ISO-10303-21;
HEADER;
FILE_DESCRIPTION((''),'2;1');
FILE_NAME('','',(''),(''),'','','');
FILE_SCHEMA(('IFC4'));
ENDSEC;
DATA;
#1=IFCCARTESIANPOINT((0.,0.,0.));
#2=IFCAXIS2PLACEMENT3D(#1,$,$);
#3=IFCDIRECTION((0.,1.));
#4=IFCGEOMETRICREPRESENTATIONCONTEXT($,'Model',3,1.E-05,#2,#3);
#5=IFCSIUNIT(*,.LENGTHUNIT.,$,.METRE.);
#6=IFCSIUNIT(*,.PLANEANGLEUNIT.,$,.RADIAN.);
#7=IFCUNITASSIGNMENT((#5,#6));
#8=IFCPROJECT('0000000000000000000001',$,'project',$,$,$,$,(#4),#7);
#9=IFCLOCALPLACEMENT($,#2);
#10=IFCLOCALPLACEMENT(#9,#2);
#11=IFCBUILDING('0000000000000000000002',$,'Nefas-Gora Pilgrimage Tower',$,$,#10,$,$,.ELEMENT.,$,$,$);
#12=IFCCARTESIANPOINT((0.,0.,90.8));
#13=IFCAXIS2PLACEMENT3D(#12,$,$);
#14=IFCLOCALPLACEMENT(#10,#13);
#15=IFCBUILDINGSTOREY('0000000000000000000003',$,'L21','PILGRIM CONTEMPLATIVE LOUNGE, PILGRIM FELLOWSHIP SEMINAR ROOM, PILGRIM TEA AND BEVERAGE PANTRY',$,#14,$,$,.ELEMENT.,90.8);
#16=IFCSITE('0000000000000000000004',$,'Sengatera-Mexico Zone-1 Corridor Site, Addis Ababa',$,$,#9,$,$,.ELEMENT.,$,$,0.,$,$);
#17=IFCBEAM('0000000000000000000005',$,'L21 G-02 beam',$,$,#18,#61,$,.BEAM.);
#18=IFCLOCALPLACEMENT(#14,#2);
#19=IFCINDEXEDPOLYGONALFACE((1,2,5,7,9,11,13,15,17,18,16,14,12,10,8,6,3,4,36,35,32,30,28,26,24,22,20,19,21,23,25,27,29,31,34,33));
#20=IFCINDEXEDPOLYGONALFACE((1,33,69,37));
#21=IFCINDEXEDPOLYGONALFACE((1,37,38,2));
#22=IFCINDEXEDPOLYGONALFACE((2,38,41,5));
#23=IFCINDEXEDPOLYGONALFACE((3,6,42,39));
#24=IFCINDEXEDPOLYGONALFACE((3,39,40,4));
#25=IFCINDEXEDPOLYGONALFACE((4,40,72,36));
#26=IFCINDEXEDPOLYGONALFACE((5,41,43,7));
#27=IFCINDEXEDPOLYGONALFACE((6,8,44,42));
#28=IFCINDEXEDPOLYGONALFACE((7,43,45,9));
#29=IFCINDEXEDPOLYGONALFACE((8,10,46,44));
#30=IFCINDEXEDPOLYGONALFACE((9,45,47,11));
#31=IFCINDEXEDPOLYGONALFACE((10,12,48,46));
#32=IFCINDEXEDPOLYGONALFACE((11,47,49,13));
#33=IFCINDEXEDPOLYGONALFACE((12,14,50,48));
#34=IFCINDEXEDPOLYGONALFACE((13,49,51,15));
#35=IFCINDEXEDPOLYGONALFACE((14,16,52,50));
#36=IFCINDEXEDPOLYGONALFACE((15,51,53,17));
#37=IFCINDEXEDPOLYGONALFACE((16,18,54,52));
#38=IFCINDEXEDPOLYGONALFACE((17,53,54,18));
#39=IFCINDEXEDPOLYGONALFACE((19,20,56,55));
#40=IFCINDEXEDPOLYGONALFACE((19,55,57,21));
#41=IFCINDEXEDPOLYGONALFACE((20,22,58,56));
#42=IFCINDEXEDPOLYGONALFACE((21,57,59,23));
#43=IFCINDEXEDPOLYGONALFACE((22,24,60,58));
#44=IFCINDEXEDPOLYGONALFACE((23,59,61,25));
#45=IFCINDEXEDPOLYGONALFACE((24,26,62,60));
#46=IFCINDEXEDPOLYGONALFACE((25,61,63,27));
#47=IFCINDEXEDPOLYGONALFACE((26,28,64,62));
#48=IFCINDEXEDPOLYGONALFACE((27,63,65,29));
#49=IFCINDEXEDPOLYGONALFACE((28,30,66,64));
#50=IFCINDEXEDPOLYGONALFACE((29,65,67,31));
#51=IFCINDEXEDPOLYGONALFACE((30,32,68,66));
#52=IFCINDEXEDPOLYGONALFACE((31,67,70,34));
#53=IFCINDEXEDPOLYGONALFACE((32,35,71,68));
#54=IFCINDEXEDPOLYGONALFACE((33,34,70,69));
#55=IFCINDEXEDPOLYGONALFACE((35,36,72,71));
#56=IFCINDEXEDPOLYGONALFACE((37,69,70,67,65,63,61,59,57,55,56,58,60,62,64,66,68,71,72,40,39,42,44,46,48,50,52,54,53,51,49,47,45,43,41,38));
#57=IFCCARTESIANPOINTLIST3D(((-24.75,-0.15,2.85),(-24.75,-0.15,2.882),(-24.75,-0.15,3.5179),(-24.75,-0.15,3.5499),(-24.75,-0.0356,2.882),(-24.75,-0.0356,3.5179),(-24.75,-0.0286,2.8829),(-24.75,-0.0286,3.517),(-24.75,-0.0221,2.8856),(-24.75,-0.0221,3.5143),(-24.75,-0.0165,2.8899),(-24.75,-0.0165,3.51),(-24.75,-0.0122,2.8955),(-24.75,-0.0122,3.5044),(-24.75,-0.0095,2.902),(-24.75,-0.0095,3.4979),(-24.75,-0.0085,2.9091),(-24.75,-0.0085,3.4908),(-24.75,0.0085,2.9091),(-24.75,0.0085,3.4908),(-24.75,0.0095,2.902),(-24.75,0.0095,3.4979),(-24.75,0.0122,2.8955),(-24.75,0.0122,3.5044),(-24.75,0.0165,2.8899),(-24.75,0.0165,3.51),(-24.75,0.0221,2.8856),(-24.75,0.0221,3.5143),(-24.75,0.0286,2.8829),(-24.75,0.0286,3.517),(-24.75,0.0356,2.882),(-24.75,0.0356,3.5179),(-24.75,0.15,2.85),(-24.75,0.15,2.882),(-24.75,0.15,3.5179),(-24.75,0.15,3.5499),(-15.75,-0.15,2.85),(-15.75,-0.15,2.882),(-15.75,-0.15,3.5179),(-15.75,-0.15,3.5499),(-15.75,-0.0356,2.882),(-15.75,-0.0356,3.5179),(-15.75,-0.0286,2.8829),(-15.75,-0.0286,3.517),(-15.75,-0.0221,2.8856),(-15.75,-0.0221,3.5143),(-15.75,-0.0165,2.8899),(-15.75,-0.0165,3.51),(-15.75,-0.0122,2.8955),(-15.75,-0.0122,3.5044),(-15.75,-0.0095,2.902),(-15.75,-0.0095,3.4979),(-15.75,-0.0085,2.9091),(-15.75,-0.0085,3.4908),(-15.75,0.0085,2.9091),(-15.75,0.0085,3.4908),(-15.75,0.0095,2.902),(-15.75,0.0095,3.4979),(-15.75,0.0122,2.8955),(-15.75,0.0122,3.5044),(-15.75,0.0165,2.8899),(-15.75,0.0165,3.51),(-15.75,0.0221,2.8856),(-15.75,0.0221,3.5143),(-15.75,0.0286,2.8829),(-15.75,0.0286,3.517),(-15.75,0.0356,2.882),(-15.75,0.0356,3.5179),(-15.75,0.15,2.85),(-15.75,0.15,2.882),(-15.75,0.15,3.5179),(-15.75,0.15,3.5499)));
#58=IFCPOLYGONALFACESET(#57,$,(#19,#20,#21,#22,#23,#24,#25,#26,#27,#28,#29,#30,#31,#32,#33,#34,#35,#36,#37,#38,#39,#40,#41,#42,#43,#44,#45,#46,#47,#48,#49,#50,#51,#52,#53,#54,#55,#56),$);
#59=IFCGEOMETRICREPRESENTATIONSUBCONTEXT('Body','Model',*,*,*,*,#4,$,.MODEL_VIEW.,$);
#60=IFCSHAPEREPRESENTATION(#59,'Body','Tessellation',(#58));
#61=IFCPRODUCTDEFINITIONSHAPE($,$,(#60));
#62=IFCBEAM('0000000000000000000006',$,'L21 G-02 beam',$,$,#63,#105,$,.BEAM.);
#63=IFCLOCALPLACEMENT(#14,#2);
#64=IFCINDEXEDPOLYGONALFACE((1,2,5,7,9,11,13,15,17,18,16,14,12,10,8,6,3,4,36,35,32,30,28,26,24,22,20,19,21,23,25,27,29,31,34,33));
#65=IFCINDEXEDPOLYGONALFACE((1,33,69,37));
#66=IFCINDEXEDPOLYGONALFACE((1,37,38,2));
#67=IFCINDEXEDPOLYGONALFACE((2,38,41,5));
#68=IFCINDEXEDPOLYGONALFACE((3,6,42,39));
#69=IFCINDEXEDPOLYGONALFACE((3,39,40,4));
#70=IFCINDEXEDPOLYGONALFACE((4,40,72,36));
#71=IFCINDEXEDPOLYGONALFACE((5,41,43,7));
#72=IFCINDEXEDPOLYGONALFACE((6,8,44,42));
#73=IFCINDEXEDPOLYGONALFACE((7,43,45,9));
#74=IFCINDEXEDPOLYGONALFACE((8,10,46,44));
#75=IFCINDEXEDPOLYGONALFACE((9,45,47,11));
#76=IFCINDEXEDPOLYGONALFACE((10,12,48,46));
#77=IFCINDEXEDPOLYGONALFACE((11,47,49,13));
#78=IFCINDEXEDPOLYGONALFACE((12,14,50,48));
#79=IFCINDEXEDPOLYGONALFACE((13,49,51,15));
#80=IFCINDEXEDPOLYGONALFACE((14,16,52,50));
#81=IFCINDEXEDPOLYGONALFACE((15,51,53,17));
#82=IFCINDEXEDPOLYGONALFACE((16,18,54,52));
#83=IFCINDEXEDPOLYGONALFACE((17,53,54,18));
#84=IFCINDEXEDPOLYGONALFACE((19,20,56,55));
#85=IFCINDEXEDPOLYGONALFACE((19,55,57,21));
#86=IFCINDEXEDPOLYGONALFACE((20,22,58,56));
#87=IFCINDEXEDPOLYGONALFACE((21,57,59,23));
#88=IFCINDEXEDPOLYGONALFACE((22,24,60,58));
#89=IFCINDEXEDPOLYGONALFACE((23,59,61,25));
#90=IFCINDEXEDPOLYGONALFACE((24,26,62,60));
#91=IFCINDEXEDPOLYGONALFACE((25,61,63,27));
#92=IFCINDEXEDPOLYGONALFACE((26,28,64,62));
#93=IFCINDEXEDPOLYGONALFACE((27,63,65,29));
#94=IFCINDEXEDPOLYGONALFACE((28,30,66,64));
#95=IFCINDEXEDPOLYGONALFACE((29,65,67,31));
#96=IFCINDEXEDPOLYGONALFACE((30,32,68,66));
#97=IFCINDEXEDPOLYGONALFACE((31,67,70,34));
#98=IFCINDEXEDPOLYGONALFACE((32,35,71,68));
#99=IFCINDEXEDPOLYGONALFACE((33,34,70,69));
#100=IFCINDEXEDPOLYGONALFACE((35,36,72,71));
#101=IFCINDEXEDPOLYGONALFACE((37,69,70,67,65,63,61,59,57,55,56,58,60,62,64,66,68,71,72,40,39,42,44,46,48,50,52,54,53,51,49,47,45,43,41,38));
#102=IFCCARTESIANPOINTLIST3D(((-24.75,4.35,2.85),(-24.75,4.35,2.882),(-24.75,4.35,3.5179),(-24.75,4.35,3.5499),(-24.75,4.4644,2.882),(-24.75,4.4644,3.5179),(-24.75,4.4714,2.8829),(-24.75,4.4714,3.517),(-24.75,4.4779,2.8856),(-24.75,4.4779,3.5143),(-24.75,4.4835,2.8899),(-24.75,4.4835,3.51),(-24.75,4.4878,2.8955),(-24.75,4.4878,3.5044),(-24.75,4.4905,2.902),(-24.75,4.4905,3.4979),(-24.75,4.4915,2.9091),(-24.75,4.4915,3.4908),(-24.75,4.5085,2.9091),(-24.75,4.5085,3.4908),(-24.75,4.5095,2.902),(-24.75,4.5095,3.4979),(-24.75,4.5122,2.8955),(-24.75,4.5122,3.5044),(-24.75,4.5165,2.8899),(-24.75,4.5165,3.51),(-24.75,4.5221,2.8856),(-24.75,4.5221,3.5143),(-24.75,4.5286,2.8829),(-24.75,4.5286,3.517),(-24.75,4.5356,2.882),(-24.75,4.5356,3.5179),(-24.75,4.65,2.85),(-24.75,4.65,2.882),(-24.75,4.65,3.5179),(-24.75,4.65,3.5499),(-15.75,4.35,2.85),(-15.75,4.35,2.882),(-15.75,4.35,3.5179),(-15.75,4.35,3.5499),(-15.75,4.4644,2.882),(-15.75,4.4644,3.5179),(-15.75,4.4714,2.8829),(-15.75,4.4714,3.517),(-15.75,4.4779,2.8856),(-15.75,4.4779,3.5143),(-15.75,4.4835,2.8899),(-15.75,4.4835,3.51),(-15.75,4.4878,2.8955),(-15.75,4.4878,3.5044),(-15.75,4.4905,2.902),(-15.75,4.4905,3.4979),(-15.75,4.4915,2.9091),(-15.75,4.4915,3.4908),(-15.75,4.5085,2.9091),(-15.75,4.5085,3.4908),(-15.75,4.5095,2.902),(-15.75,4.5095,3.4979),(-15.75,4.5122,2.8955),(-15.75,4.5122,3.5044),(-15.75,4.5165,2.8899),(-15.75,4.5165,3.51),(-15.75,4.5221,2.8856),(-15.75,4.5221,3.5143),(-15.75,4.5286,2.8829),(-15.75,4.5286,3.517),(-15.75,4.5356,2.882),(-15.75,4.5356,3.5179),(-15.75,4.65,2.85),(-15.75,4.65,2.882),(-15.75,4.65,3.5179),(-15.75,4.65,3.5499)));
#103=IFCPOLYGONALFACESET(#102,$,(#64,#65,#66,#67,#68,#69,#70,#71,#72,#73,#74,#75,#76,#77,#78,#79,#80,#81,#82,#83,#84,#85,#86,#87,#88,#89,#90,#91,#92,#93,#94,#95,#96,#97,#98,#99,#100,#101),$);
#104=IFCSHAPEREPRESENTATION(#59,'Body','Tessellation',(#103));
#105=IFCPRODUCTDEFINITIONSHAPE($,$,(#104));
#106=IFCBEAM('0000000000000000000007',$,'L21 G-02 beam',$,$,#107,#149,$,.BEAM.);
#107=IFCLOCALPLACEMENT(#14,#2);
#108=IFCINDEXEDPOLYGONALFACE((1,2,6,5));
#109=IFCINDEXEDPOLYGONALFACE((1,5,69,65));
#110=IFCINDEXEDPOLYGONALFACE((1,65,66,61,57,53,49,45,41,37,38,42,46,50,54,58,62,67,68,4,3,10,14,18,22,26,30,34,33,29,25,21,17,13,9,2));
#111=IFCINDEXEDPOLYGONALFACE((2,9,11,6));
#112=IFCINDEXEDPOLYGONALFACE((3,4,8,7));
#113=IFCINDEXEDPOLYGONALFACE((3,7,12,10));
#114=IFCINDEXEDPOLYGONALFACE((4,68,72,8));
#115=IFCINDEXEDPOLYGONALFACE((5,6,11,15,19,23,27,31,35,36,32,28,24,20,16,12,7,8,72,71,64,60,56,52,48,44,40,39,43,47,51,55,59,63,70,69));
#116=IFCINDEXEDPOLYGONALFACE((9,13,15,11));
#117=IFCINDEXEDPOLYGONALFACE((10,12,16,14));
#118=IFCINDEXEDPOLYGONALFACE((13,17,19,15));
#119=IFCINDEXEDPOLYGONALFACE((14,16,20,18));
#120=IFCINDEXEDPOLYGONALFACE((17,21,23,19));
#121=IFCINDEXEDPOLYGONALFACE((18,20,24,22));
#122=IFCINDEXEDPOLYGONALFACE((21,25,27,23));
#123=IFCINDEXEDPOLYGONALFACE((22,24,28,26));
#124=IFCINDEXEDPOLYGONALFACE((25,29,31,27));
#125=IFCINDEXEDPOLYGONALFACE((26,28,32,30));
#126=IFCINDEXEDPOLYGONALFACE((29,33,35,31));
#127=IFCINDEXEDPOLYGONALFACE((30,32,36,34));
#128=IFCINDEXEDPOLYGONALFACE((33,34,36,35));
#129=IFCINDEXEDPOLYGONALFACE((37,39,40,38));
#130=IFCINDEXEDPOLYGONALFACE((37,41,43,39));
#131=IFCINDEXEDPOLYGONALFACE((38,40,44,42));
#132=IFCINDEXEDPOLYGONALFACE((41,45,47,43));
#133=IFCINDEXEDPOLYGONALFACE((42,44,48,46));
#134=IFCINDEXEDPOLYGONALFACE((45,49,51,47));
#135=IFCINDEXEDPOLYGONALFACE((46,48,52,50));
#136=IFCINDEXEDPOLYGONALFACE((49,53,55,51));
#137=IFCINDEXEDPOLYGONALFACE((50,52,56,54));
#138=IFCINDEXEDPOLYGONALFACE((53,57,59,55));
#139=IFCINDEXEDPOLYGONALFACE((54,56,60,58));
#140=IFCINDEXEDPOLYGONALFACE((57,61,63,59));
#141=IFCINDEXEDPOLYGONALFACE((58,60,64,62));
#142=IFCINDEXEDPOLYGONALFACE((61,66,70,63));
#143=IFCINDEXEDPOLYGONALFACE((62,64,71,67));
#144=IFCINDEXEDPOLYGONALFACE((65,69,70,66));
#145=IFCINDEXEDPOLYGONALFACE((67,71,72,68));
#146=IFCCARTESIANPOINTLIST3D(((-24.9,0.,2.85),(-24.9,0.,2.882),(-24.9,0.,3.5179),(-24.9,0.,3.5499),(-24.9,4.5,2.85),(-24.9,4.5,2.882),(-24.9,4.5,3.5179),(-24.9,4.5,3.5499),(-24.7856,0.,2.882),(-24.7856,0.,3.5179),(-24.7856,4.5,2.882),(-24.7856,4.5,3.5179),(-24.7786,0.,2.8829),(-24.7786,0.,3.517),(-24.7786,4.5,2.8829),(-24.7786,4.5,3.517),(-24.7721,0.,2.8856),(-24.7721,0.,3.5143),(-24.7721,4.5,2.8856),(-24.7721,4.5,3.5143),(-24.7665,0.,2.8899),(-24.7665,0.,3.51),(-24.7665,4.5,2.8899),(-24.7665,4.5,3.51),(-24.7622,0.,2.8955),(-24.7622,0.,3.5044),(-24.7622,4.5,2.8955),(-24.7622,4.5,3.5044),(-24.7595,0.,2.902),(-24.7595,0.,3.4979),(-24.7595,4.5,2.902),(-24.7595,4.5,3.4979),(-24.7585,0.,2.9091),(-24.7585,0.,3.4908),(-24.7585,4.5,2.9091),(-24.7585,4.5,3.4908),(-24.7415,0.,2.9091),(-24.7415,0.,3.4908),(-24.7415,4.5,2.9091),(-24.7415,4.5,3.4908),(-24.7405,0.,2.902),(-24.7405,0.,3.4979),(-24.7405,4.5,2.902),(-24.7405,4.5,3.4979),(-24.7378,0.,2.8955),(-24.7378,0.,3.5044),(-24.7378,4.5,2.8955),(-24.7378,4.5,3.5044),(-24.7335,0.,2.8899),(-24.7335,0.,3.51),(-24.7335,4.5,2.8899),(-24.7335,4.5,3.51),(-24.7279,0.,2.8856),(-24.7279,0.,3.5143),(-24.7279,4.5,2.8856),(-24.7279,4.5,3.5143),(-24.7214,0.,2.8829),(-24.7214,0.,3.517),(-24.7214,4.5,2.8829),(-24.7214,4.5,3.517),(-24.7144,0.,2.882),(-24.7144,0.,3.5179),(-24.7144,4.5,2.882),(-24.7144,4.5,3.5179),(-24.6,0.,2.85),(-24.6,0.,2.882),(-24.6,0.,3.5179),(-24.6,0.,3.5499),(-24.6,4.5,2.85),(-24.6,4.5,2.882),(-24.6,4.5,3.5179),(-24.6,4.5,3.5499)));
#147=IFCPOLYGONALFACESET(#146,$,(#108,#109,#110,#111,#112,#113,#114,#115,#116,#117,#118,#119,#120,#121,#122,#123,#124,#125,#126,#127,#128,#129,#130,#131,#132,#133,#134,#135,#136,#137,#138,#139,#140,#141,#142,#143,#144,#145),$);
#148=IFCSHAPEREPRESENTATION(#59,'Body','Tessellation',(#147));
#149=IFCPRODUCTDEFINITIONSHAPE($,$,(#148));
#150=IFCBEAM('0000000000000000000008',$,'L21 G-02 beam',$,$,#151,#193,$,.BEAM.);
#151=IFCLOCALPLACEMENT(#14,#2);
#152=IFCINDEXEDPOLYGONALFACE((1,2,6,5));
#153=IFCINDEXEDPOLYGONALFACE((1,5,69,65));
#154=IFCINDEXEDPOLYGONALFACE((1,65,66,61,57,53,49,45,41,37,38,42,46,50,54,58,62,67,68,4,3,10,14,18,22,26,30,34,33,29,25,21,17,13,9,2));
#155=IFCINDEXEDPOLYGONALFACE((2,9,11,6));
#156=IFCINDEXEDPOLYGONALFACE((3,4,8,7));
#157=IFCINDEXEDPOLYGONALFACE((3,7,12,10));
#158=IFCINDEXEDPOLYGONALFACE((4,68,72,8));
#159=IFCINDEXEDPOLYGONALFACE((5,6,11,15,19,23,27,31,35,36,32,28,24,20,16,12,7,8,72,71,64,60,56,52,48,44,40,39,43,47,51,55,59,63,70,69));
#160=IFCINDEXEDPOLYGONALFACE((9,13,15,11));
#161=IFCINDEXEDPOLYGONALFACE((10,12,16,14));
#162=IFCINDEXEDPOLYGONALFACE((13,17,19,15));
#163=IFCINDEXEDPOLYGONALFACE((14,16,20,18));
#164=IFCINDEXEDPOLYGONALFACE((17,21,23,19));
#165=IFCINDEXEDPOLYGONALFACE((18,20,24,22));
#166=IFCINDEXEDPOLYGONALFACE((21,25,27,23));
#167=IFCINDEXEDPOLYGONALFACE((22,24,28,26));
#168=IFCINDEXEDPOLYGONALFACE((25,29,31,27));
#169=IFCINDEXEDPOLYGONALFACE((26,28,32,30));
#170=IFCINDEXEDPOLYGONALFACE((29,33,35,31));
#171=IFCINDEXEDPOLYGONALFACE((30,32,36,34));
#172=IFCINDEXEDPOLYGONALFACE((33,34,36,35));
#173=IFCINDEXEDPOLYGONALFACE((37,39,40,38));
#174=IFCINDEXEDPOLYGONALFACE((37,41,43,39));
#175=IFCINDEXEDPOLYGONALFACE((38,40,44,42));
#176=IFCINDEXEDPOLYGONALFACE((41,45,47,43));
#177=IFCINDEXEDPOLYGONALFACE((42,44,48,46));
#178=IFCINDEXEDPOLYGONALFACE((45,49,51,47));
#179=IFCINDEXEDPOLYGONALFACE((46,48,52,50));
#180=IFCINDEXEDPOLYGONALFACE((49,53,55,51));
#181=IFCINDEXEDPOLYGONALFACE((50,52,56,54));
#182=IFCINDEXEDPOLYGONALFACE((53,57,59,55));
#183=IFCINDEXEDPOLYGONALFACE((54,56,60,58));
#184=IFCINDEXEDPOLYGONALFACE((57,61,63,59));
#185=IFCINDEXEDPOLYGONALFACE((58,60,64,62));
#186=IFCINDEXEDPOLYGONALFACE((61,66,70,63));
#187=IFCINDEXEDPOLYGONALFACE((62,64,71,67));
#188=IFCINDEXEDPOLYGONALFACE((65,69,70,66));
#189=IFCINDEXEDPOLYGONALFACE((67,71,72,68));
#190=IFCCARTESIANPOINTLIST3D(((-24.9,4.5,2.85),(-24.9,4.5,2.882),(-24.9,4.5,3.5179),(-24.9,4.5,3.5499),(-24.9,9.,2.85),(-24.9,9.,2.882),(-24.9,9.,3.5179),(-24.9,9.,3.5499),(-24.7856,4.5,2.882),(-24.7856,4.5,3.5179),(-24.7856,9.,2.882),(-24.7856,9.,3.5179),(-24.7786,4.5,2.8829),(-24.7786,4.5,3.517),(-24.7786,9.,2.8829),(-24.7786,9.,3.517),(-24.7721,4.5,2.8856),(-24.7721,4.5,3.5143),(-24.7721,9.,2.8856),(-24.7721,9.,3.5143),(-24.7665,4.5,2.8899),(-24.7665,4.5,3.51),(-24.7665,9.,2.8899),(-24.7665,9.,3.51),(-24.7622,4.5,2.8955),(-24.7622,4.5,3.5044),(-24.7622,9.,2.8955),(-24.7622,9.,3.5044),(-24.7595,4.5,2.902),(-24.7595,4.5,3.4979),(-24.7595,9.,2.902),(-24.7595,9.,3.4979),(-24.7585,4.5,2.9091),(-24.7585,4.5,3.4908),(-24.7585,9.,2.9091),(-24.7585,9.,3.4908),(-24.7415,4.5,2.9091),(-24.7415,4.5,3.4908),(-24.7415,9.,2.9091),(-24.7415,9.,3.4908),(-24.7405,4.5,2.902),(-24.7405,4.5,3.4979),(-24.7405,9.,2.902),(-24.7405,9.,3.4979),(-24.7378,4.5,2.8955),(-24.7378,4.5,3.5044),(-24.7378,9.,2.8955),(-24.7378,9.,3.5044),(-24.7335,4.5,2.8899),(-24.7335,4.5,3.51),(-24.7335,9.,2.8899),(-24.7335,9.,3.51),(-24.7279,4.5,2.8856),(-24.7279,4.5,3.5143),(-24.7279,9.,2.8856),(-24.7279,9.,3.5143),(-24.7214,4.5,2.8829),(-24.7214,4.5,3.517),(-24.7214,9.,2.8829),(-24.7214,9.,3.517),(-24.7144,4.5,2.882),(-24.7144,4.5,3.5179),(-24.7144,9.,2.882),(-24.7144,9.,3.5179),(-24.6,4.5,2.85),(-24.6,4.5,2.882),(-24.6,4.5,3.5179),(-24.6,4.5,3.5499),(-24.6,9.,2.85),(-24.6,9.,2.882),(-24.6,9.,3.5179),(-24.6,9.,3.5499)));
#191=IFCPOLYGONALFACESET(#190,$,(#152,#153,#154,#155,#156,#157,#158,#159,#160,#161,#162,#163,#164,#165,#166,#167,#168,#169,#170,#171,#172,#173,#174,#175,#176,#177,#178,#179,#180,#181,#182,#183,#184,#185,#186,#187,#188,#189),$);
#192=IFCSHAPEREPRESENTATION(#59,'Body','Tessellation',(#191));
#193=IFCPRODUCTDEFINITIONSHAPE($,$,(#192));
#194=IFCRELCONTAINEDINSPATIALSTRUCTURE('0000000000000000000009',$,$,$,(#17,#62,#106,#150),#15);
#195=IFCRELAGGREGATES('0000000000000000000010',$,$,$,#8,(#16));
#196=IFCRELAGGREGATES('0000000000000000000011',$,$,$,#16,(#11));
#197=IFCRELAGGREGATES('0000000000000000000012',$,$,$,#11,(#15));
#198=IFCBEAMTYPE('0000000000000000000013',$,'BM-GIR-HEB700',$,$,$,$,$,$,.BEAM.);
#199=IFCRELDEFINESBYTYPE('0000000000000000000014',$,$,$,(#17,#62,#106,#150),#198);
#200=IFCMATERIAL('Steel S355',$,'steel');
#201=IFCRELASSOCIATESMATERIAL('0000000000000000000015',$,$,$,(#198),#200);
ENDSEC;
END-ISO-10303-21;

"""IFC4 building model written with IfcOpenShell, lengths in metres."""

from ifc_helpers import new_model, si_unit, direction, frame, origin, origin_2d, place, context, subcontext, project, spatial, i_section, extrude, source, transform, mapped, material, material_profile, profile_set, type_object, element, save


model = new_model("IFC4")

# Units and contexts
model_context = context("Model", 3, precision=1e-05, world=origin(), true_north=direction((0.0, 1.0)))
body_context = subcontext(model_context, "Body", "Model", "MODEL_VIEW")
ifc_project = project(units=[si_unit("LENGTHUNIT", "METRE"), si_unit("PLANEANGLEUNIT", "RADIAN")], contexts=[model_context])

# Site, building, storey
site_placement = place(None, origin())
site = spatial("IfcSite", under=ifc_project, at=site_placement, Name="Sengatera-Mexico Zone-1 Corridor Site, Addis Ababa", CompositionType="ELEMENT", RefElevation=0.0)
building_placement = place(site_placement, origin())
building = spatial("IfcBuilding", under=site, at=building_placement, Name="Nefas-Gora Pilgrimage Tower", CompositionType="ELEMENT")
storey_placement = place(building_placement, frame((0.0, 0.0, 90.8)))
storey = spatial("IfcBuildingStorey", under=building, at=storey_placement, Name="L21", Description="PILGRIM CONTEMPLATIVE LOUNGE, PILGRIM FELLOWSHIP SEMINAR ROOM, PILGRIM TEA AND BEVERAGE PANTRY", CompositionType="ELEMENT", Elevation=90.8)

# Beams
ifc_material_1 = material(Name="Steel S355", Category="steel")
ifc_material_profile_1 = material_profile(ifc_material_1, i_section(OverallWidth=0.3, OverallDepth=0.7, WebThickness=0.0171, FlangeThickness=0.032, FilletRadius=0.0271, at=origin_2d()), Name="HEB 700")
ifc_profile_set_1 = profile_set([ifc_material_profile_1], Name="Steel S355")
beam_type_1 = type_object("IfcBeamType", Name="BM-GIR-HEB700", PredefinedType="BEAM", material=ifc_profile_set_1)
shared_shape_1 = source(origin(), body_context, "Body", "SweptSolid", [
    extrude(i_section(OverallWidth=0.3, OverallDepth=0.7, WebThickness=0.0171, FlangeThickness=0.032, FilletRadius=0.0271, at=origin_2d()), origin(), (0.0, 0.0, 1.0), 9.0),
])
for number, where, z_axis, x_axis, name in (
    (1, (-24.75, 0.0, 3.2), (1.0, 0.0, 0.0), (0.0, 1.0, 0.0), "L21 G-02 beam"),
    (2, (-24.75, 4.5, 3.2), (1.0, 0.0, 0.0), (0.0, 1.0, 0.0), "L21 G-02 beam"),
):
    element("IfcBeam", number, at=place(storey_placement, frame(where, z_axis=z_axis, x_axis=x_axis)), inside=storey, type_object=beam_type_1, Name=name, PredefinedType="BEAM", context=body_context, shape_type="MappedRepresentation", body=[
        mapped(shared_shape_1, transform((0.0, 0.0, 0.0), x_axis=(1.0, 0.0, 0.0), y_axis=(0.0, 1.0, 0.0), z_axis=(0.0, 0.0, 1.0), scale=1.0)),
    ])
shared_shape_2 = source(origin(), body_context, "Body", "SweptSolid", [
    extrude(i_section(OverallWidth=0.3, OverallDepth=0.7, WebThickness=0.0171, FlangeThickness=0.032, FilletRadius=0.0271, at=origin_2d()), origin(), (0.0, 0.0, 1.0), 4.5),
])
for number, where, z_axis, x_axis, name in (
    (3, (-24.75, 0.0, 3.2), (0.0, 1.0, 0.0), (-1.0, 0.0, 0.0), "L21 G-02 beam"),
    (4, (-24.75, 4.5, 3.2), (0.0, 1.0, 0.0), (-1.0, 0.0, 0.0), "L21 G-02 beam"),
):
    element("IfcBeam", number, at=place(storey_placement, frame(where, z_axis=z_axis, x_axis=x_axis)), inside=storey, type_object=beam_type_1, Name=name, PredefinedType="BEAM", context=body_context, shape_type="MappedRepresentation", body=[
        mapped(shared_shape_2, transform((0.0, 0.0, 0.0), x_axis=(1.0, 0.0, 0.0), y_axis=(0.0, 1.0, 0.0), z_axis=(0.0, 0.0, 1.0), scale=1.0)),
    ])

save(model, "model.ifc")
